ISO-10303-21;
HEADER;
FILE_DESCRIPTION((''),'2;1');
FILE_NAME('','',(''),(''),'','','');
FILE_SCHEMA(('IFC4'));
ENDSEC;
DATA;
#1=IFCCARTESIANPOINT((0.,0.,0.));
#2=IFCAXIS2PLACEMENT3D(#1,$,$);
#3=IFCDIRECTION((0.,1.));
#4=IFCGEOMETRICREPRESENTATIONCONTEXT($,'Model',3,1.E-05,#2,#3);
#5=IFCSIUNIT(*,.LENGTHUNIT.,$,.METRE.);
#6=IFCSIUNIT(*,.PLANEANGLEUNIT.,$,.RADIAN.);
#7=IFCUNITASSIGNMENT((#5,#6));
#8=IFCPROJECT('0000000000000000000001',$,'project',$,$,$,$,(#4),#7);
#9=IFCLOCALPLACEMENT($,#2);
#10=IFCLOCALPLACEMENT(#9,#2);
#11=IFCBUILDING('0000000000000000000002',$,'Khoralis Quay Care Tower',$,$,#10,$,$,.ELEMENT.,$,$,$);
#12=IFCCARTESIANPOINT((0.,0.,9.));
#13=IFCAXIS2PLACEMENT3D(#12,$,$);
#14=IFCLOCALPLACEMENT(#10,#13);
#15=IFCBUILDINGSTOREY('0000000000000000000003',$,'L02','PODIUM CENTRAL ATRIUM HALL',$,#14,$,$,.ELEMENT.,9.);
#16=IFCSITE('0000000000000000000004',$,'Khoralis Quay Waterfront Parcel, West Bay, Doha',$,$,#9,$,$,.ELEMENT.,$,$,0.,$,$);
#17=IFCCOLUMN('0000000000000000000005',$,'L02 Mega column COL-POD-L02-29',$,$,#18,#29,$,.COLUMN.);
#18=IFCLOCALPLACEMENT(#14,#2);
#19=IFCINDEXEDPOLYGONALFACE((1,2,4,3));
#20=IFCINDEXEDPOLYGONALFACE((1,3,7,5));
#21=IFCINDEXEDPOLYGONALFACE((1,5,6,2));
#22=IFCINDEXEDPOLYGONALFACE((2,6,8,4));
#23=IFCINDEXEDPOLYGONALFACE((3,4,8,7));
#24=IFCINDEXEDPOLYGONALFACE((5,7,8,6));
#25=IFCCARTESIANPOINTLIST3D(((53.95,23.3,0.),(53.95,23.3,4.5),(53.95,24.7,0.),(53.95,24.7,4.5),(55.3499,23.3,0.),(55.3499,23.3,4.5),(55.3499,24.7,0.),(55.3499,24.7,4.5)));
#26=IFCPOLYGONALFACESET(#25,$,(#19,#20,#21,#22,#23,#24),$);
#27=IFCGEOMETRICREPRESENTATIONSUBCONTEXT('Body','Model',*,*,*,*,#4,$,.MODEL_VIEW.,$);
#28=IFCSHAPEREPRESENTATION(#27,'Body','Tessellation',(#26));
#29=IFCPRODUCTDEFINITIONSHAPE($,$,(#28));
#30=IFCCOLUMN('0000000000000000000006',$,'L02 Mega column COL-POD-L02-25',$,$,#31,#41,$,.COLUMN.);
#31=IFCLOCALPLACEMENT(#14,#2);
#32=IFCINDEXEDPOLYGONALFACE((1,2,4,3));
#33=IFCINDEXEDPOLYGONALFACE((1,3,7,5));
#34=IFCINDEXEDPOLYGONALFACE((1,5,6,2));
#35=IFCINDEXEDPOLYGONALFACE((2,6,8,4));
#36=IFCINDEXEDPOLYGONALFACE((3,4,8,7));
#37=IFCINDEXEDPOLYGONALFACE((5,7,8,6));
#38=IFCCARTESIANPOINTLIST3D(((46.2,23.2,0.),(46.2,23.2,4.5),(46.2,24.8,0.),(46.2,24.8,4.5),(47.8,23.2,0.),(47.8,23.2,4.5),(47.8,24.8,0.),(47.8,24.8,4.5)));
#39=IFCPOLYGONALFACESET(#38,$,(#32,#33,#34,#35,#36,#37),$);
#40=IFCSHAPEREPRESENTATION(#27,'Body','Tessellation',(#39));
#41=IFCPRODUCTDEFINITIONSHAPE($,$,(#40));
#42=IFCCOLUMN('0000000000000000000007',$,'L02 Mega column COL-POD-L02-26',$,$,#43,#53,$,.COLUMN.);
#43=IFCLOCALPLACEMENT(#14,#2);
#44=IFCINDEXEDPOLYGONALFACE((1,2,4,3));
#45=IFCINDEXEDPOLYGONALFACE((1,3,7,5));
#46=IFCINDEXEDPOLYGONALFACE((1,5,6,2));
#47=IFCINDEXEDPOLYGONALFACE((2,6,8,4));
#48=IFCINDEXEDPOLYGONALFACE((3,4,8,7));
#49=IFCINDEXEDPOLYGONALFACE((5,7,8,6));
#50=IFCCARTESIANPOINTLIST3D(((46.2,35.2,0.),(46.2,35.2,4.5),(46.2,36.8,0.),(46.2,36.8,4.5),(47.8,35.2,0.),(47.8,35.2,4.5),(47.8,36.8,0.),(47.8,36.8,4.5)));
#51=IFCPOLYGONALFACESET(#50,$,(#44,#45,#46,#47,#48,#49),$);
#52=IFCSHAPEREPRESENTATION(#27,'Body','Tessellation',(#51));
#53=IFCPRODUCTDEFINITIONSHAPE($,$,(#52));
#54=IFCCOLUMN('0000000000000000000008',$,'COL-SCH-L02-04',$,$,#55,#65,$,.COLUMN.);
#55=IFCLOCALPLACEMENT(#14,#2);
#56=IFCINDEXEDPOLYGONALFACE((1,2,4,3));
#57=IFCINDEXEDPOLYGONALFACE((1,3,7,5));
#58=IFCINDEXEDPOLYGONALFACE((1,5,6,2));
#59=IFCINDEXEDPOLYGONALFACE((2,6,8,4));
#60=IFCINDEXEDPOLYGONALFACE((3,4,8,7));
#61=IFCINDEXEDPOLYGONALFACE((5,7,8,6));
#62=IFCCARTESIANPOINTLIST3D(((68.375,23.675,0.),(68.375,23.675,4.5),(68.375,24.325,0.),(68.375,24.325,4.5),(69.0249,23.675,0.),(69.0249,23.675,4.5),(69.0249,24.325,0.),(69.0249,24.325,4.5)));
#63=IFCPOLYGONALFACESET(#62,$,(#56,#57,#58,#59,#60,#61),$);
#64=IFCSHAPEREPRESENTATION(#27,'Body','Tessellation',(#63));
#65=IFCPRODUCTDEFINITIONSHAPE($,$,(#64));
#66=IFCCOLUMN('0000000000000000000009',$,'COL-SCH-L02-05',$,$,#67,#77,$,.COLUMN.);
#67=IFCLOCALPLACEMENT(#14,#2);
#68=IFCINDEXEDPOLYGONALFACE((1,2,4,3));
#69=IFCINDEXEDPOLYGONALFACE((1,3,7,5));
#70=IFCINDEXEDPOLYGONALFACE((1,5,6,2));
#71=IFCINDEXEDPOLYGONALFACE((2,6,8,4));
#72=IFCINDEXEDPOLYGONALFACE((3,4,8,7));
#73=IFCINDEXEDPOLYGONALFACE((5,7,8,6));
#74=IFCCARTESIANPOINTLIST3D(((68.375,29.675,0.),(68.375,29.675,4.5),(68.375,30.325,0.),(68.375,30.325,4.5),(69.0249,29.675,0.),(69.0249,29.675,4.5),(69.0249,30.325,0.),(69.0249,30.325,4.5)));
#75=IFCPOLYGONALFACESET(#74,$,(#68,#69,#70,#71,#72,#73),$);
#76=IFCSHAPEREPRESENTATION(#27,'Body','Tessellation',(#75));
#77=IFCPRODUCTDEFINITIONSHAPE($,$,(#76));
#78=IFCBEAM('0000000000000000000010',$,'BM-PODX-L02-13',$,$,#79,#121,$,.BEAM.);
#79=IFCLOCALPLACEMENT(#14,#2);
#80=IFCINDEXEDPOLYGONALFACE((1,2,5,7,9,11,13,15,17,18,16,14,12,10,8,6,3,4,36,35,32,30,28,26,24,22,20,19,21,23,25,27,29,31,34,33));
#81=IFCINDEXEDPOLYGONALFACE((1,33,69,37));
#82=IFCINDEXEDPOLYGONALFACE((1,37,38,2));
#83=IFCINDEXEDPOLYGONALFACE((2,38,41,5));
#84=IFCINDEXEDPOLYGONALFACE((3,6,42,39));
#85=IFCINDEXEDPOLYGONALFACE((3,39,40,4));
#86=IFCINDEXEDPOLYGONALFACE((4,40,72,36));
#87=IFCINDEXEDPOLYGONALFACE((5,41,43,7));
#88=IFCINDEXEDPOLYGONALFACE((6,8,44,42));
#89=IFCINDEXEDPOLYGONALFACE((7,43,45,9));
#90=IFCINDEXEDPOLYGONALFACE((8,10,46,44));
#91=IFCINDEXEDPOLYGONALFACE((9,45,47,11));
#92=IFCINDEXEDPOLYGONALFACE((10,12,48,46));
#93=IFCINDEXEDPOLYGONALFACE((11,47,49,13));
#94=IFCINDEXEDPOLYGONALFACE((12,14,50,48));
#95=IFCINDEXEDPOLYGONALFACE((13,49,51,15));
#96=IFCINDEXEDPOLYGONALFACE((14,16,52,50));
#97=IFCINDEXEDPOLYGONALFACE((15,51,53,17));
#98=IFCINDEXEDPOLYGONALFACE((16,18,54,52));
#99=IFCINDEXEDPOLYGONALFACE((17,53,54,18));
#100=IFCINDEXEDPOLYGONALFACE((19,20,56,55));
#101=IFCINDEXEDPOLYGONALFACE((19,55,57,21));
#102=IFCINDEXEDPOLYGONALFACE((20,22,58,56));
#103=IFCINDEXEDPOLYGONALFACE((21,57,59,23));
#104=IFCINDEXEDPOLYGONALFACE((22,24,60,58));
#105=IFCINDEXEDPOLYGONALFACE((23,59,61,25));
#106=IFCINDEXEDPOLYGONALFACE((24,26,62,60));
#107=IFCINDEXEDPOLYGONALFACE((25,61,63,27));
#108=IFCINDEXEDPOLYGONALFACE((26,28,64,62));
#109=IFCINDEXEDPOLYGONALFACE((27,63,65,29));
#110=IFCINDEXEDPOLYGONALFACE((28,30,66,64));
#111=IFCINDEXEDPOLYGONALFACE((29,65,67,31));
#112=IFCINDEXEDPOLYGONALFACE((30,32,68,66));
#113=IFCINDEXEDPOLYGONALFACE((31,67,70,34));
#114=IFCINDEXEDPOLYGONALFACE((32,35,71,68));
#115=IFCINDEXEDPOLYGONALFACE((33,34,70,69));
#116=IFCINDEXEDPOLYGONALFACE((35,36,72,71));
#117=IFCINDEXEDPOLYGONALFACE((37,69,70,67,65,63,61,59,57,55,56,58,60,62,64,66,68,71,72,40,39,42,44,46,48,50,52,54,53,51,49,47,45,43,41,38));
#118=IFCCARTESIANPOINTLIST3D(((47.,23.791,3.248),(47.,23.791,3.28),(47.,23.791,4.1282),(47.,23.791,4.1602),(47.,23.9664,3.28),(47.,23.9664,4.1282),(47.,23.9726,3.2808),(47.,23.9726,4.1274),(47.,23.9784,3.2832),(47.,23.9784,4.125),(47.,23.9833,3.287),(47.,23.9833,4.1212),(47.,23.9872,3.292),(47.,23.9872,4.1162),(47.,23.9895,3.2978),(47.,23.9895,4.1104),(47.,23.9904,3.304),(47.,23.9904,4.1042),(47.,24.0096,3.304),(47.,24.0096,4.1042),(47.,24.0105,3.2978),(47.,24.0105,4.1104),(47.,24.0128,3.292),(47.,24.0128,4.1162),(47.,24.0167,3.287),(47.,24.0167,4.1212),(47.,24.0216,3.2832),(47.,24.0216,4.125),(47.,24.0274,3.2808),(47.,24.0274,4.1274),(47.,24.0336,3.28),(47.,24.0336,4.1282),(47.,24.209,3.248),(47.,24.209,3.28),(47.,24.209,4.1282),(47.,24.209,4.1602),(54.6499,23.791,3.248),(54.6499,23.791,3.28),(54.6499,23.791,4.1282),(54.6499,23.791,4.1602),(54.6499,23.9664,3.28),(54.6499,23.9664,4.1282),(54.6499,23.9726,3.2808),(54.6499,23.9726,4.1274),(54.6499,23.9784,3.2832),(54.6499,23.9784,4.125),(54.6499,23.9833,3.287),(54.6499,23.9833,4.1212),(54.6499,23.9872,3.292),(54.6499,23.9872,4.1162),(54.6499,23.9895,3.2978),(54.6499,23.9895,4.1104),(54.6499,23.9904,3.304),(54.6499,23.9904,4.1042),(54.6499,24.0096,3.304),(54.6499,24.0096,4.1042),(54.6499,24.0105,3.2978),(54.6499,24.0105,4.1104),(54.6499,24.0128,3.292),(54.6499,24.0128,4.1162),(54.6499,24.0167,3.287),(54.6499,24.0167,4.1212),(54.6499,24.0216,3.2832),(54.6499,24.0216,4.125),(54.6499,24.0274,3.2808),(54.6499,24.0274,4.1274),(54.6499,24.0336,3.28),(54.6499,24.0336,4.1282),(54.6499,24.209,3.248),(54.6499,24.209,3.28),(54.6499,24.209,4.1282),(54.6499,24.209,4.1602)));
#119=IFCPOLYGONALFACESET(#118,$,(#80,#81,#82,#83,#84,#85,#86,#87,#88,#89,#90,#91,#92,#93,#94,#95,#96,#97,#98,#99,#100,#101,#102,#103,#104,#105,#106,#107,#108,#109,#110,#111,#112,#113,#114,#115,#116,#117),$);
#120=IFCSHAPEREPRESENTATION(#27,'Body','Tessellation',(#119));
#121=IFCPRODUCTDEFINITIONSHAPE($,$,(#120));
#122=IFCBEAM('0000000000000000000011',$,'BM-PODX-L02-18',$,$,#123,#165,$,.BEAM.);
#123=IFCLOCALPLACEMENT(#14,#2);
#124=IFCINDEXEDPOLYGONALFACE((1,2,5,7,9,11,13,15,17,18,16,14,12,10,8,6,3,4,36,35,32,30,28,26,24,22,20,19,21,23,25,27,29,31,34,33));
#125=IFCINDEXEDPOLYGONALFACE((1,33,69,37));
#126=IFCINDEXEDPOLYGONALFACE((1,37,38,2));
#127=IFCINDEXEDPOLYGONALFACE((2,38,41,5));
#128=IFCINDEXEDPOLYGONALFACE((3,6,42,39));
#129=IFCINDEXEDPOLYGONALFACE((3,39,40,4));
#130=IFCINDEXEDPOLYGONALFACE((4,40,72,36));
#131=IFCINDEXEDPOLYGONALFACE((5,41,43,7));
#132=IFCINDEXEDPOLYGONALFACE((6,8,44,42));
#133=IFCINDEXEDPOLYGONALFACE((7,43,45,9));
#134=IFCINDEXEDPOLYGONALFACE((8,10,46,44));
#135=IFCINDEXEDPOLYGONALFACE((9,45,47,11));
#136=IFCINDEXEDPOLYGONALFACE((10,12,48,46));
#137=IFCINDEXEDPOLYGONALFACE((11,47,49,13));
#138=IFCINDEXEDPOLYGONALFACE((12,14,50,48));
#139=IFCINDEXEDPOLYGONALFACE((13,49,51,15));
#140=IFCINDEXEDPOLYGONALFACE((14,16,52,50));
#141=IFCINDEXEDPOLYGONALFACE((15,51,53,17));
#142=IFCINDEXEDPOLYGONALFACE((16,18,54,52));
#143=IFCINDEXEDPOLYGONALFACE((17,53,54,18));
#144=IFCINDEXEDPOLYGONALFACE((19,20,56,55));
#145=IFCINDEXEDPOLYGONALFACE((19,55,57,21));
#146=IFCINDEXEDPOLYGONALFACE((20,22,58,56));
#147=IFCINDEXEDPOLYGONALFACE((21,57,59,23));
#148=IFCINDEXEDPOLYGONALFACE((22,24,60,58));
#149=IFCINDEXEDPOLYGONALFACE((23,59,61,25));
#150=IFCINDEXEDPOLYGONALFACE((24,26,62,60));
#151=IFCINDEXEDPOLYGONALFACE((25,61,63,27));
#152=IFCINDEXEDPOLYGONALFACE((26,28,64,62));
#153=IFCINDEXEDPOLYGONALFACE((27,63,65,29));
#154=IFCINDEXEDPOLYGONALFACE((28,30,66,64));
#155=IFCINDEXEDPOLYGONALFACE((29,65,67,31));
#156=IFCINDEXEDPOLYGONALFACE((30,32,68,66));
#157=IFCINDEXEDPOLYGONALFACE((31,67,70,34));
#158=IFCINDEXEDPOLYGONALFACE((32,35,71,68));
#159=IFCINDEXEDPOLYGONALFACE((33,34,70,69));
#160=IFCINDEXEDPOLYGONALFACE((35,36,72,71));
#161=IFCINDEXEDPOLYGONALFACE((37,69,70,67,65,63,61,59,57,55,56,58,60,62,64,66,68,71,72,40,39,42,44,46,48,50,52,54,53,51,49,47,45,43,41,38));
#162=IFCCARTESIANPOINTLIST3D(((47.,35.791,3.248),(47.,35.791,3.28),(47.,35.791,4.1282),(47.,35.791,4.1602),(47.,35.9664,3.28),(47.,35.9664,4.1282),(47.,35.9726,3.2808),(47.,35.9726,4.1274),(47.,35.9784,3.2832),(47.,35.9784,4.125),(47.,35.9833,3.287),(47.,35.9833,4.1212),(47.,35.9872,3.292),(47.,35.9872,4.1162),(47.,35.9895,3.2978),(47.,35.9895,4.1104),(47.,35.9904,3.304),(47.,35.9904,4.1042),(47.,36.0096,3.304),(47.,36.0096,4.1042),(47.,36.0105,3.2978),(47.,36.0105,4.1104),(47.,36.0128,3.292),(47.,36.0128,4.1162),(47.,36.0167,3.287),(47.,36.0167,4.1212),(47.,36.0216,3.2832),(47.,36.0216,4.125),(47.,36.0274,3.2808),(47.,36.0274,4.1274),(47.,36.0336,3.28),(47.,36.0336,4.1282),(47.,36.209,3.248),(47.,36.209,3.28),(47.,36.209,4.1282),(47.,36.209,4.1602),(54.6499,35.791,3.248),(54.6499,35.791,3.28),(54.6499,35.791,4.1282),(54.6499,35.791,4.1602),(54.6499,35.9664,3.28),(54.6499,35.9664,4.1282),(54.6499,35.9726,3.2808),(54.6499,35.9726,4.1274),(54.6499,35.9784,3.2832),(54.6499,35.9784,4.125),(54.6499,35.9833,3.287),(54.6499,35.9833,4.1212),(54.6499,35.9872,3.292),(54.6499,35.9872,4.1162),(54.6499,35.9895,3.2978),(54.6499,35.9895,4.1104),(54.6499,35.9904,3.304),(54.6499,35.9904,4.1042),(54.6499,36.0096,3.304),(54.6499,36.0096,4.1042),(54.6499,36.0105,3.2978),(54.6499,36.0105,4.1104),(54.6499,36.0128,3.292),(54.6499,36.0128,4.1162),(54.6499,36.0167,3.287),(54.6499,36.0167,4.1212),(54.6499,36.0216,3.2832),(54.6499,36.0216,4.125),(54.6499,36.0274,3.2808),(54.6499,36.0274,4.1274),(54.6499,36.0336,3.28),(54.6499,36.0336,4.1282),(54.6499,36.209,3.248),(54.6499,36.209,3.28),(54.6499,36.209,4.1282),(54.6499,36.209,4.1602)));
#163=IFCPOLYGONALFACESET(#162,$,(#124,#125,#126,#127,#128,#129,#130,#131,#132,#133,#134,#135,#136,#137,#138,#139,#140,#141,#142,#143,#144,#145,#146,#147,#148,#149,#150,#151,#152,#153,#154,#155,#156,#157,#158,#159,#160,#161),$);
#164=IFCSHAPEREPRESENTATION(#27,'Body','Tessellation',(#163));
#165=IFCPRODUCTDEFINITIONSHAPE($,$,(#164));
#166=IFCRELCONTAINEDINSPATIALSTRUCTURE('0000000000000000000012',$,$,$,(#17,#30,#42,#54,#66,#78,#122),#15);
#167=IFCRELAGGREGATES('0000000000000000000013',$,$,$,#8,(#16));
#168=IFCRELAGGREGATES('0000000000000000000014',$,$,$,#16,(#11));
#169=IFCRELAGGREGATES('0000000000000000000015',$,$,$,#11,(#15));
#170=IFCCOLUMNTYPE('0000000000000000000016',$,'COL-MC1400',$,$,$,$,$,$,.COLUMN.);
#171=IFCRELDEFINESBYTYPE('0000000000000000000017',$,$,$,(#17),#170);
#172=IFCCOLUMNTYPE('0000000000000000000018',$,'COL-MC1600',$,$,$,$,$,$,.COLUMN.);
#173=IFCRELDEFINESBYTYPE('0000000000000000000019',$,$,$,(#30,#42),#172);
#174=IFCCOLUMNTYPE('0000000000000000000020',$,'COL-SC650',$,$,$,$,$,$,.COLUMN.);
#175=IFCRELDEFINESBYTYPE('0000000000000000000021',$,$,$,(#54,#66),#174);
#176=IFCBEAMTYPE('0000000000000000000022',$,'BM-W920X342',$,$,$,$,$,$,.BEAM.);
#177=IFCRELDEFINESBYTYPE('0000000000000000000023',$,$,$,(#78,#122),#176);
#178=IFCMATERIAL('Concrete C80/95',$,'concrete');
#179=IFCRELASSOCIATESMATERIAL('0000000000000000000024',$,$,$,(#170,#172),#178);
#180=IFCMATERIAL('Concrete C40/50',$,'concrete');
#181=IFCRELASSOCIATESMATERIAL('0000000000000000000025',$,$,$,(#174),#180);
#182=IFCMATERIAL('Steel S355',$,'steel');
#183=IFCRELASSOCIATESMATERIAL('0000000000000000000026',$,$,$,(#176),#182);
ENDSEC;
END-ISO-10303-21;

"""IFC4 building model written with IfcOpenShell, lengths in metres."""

from ifc_helpers import new_model, si_unit, direction, frame, origin, origin_2d, place, context, subcontext, project, spatial, rectangle, i_section, extrude, source, transform, mapped, material, material_profile, profile_set, type_object, element, save


model = new_model("IFC4")

# Units and contexts
model_context = context("Model", 3, precision=1e-05, world=origin(), true_north=direction((0.0, 1.0)))
body_context = subcontext(model_context, "Body", "Model", "MODEL_VIEW")
ifc_project = project(units=[si_unit("LENGTHUNIT", "METRE"), si_unit("PLANEANGLEUNIT", "RADIAN")], contexts=[model_context])

# Site, building, storey
site_placement = place(None, origin())
site = spatial("IfcSite", under=ifc_project, at=site_placement, Name="Khoralis Quay Waterfront Parcel, West Bay, Doha", CompositionType="ELEMENT", RefElevation=0.0)
building_placement = place(site_placement, origin())
building = spatial("IfcBuilding", under=site, at=building_placement, Name="Khoralis Quay Care Tower", CompositionType="ELEMENT")
storey_placement = place(building_placement, frame((0.0, 0.0, 9.0)))
storey = spatial("IfcBuildingStorey", under=building, at=storey_placement, Name="L02", Description="PODIUM CENTRAL ATRIUM HALL", CompositionType="ELEMENT", Elevation=9.0)

# Columns
ifc_material_1 = material(Name="Concrete C80/95", Category="concrete")
ifc_material_profile_1 = material_profile(ifc_material_1, rectangle(XDim=1.3999, YDim=1.3999, at=origin_2d()), Name="Concrete C80/95")
ifc_profile_set_1 = profile_set([ifc_material_profile_1], Name="Concrete C80/95")
column_type_1 = type_object("IfcColumnType", Name="COL-MC1400", PredefinedType="COLUMN", material=ifc_profile_set_1)
shared_shape_1 = source(origin(), body_context, "Body", "SweptSolid", [
    extrude(rectangle(XDim=1.3999, YDim=1.3999, at=origin_2d()), origin(), (0.0, 0.0, 1.0), 4.5),
])
column_placement = place(storey_placement, frame((54.6499, 24.0, 0.0), z_axis=(0.0, 0.0, 1.0), x_axis=(1.0, 0.0, 0.0)))
element("IfcColumn", 1, at=column_placement, inside=storey, type_object=column_type_1, Name="L02 Mega column COL-POD-L02-29", PredefinedType="COLUMN", context=body_context, shape_type="MappedRepresentation", body=[
    mapped(shared_shape_1, transform((0.0, 0.0, 0.0), scale=1.0)),
])
ifc_material_profile_2 = material_profile(ifc_material_1, rectangle(XDim=1.6001, YDim=1.6001, at=origin_2d()), Name="Concrete C80/95")
ifc_profile_set_2 = profile_set([ifc_material_profile_2], Name="Concrete C80/95")
column_type_2 = type_object("IfcColumnType", Name="COL-MC1600", PredefinedType="COLUMN", material=ifc_profile_set_2)
shared_shape_2 = source(origin(), body_context, "Body", "SweptSolid", [
    extrude(rectangle(XDim=1.6001, YDim=1.6001, at=origin_2d()), origin(), (0.0, 0.0, 1.0), 4.5),
])
for number, where, z_axis, x_axis, name in (
    (2, (47.0, 24.0, 0.0), (0.0, 0.0, 1.0), (1.0, 0.0, 0.0), "L02 Mega column COL-POD-L02-25"),
    (3, (47.0, 36.0, 0.0), (0.0, 0.0, 1.0), (1.0, 0.0, 0.0), "L02 Mega column COL-POD-L02-26"),
):
    element("IfcColumn", number, at=place(storey_placement, frame(where, z_axis=z_axis, x_axis=x_axis)), inside=storey, type_object=column_type_2, Name=name, PredefinedType="COLUMN", context=body_context, shape_type="MappedRepresentation", body=[
        mapped(shared_shape_2, transform((0.0, 0.0, 0.0), scale=1.0)),
    ])
ifc_material_2 = material(Name="Concrete C40/50", Category="concrete")
ifc_material_profile_3 = material_profile(ifc_material_2, rectangle(XDim=0.6499, YDim=0.6499, at=origin_2d()), Name="Concrete C40/50")
ifc_profile_set_3 = profile_set([ifc_material_profile_3], Name="Concrete C40/50")
column_type_3 = type_object("IfcColumnType", Name="COL-SC650", PredefinedType="COLUMN", material=ifc_profile_set_3)
shared_shape_3 = source(origin(), body_context, "Body", "SweptSolid", [
    extrude(rectangle(XDim=0.6499, YDim=0.6499, at=origin_2d()), origin(), (0.0, 0.0, 1.0), 4.5),
])
for number, where, z_axis, x_axis, name in (
    (4, (68.7, 24.0, 0.0), (0.0, 0.0, 1.0), (1.0, 0.0, 0.0), "COL-SCH-L02-04"),
    (5, (68.7, 30.0, 0.0), (0.0, 0.0, 1.0), (1.0, 0.0, 0.0), "COL-SCH-L02-05"),
):
    element("IfcColumn", number, at=place(storey_placement, frame(where, z_axis=z_axis, x_axis=x_axis)), inside=storey, type_object=column_type_3, Name=name, PredefinedType="COLUMN", context=body_context, shape_type="MappedRepresentation", body=[
        mapped(shared_shape_3, transform((0.0, 0.0, 0.0), scale=1.0)),
    ])

# Beams
ifc_material_3 = material(Name="Steel S355", Category="steel")
ifc_material_profile_4 = material_profile(ifc_material_3, i_section(OverallWidth=0.418, OverallDepth=0.9121, WebThickness=0.0193, FlangeThickness=0.032, FilletRadius=0.0239, at=origin_2d()), Name="Steel S355")
ifc_profile_set_4 = profile_set([ifc_material_profile_4], Name="Steel S355")
beam_type_1 = type_object("IfcBeamType", Name="BM-W920X342", PredefinedType="BEAM", material=ifc_profile_set_4)
shared_shape_4 = source(origin(), body_context, "Body", "SweptSolid", [
    extrude(i_section(OverallWidth=0.418, OverallDepth=0.9121, WebThickness=0.0193, FlangeThickness=0.032, FilletRadius=0.0239, at=origin_2d()), origin(), (0.0, 0.0, 1.0), 7.6499),
])
for number, where, z_axis, x_axis, name in (
    (6, (47.0, 24.0, 3.7041), (1.0, 0.0, 0.0), (0.0, 1.0, 0.0), "BM-PODX-L02-13"),
    (7, (47.0, 36.0, 3.7041), (1.0, 0.0, 0.0), (0.0, 1.0, 0.0), "BM-PODX-L02-18"),
):
    element("IfcBeam", number, at=place(storey_placement, frame(where, z_axis=z_axis, x_axis=x_axis)), inside=storey, type_object=beam_type_1, Name=name, PredefinedType="BEAM", context=body_context, shape_type="MappedRepresentation", body=[
        mapped(shared_shape_4, transform((0.0, 0.0, 0.0), scale=1.0)),
    ])

save(model, "model.ifc")
